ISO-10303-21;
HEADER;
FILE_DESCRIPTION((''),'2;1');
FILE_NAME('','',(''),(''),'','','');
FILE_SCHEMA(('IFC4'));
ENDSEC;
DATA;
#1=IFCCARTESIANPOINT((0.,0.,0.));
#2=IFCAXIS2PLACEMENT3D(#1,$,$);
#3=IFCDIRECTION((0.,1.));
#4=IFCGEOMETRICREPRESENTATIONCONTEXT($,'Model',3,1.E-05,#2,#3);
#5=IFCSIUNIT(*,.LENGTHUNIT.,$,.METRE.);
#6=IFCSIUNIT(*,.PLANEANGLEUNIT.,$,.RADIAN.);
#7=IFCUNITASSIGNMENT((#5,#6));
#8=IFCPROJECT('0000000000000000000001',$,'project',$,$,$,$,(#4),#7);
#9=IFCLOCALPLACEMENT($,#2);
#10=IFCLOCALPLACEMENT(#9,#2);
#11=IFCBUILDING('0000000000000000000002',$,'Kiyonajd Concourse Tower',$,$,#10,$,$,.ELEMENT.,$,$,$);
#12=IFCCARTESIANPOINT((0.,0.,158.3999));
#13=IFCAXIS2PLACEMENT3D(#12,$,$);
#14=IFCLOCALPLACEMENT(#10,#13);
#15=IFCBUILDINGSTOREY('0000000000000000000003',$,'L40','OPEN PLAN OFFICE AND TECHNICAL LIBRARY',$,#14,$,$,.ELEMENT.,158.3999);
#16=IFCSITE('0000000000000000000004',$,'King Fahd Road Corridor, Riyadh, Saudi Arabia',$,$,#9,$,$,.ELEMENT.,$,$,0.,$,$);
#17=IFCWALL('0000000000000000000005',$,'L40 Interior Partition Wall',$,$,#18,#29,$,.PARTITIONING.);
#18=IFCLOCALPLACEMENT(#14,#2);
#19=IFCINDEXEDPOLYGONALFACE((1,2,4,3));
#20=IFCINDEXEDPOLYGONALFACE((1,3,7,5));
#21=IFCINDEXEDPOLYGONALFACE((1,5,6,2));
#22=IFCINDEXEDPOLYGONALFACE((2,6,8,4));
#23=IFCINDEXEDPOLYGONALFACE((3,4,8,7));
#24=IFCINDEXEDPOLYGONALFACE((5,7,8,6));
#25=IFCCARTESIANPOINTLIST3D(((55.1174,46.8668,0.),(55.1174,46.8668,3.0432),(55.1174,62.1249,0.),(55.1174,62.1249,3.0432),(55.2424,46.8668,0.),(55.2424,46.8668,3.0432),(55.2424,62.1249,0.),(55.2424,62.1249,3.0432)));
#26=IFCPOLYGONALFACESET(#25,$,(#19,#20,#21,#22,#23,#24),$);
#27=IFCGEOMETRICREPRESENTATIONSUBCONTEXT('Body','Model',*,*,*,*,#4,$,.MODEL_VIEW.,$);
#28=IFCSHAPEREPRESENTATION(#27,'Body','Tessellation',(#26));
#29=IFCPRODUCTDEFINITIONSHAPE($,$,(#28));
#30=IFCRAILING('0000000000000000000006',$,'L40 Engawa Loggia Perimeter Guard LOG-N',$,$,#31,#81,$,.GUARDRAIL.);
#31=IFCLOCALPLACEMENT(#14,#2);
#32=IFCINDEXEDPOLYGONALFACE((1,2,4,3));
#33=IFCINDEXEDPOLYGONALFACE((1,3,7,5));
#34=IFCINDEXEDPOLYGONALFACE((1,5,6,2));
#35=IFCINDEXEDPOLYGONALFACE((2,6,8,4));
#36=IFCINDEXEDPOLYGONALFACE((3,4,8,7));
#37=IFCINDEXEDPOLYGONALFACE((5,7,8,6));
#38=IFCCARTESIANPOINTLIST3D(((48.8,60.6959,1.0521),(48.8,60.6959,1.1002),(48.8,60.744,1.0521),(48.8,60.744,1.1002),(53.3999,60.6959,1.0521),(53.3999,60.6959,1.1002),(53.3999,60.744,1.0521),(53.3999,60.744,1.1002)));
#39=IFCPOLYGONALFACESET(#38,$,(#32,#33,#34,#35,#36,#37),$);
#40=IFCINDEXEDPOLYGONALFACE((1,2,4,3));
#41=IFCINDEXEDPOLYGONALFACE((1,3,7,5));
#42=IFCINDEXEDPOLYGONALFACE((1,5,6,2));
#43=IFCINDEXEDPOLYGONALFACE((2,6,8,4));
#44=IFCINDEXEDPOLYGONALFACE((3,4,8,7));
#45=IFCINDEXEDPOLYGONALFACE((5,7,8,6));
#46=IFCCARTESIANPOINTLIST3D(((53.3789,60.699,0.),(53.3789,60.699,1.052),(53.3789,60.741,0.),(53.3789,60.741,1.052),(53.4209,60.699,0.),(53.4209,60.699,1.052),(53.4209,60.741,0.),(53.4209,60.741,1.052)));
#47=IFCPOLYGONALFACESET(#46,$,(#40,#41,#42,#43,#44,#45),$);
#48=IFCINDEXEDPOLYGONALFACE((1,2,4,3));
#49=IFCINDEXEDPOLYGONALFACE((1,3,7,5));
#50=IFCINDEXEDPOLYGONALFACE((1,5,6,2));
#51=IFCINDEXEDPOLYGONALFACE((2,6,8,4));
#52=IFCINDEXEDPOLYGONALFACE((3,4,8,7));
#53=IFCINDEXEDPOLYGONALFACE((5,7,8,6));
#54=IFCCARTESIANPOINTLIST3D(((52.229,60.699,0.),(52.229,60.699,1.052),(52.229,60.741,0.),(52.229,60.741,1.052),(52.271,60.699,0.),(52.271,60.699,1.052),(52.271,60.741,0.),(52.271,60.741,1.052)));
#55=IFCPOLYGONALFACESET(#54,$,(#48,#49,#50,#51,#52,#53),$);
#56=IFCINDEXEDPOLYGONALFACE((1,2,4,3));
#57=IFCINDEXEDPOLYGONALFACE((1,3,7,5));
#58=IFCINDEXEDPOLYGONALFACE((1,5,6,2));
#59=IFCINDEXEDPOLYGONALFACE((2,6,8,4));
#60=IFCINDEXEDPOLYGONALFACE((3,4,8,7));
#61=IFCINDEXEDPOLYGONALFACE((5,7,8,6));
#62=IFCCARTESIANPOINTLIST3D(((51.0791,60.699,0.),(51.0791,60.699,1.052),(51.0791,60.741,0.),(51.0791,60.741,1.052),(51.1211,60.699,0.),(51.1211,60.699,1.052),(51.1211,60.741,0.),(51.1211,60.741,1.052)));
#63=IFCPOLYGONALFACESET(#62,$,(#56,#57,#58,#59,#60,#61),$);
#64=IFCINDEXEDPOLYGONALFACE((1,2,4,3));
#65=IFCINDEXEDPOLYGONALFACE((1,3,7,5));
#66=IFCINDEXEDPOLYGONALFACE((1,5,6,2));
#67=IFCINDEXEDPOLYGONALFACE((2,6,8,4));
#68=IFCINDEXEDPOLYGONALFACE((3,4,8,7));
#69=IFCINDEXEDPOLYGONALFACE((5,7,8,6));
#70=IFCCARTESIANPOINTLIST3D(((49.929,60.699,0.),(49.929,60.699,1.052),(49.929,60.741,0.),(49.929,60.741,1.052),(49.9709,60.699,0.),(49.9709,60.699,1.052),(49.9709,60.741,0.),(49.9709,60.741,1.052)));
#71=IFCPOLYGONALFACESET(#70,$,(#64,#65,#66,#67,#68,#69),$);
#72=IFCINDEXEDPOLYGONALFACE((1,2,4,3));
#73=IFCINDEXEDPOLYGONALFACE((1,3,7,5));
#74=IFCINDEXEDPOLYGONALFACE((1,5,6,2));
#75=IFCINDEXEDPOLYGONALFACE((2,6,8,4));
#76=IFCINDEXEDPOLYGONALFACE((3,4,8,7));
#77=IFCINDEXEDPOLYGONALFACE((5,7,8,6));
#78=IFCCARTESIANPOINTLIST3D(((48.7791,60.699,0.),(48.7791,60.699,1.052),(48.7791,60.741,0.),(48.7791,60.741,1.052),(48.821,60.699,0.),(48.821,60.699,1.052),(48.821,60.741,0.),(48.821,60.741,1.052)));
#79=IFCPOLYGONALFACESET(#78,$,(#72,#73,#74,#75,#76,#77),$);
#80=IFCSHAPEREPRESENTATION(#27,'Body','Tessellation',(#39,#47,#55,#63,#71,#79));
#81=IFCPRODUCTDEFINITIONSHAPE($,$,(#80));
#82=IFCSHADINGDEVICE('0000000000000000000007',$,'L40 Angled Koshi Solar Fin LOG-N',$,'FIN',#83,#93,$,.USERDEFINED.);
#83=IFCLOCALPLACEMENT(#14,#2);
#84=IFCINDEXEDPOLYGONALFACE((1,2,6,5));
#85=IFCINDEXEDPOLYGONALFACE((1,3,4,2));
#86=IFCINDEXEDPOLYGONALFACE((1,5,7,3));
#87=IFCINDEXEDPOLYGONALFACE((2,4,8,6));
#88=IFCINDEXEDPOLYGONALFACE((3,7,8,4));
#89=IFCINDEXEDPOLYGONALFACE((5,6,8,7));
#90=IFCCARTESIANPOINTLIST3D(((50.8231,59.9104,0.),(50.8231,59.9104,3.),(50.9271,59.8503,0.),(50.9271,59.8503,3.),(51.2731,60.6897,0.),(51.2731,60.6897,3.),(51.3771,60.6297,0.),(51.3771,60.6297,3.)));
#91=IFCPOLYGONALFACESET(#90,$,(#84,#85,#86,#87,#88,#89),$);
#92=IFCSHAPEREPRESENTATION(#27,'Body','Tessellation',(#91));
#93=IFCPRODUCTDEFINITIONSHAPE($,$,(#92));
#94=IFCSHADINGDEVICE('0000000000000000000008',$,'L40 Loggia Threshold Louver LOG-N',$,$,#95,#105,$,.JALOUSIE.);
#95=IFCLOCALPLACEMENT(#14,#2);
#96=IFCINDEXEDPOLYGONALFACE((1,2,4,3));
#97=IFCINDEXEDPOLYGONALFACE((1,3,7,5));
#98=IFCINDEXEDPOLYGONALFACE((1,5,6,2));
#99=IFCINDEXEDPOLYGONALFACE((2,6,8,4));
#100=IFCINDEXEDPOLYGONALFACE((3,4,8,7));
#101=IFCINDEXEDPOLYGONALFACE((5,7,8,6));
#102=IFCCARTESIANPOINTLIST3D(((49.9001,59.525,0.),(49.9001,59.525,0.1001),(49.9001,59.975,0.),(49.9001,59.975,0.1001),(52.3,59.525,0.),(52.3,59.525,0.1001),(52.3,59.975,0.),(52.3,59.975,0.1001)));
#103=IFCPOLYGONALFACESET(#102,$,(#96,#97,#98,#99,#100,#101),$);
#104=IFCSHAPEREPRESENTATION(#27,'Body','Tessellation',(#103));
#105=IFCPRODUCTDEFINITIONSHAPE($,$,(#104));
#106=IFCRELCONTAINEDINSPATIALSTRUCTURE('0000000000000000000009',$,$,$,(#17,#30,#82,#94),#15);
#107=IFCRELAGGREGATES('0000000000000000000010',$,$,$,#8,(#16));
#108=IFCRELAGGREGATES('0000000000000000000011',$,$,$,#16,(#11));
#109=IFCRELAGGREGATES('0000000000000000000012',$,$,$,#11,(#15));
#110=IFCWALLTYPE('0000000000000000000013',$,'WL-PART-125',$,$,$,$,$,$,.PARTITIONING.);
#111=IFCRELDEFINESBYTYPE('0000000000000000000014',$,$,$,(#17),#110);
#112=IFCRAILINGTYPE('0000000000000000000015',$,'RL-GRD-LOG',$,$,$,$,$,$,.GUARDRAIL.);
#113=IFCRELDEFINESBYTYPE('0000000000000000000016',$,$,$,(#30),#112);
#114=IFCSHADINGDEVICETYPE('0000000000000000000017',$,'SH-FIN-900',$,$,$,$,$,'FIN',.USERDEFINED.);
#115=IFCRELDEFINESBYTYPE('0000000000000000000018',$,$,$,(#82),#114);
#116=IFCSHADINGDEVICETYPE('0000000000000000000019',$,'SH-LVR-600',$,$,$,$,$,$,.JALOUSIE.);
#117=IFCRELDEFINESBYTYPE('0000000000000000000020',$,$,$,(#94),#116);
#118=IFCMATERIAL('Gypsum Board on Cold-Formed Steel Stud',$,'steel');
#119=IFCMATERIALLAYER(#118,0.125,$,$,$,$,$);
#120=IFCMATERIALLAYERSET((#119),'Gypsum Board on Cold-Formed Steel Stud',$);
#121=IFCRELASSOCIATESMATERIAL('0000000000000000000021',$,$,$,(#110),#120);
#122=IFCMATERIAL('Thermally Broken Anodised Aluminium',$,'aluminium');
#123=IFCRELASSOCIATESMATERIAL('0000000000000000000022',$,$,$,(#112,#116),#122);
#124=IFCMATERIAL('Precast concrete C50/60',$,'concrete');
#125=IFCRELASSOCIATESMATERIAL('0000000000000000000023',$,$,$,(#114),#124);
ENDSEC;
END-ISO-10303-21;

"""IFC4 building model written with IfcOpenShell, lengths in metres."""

from ifc_helpers import new_model, si_unit, direction, frame, frame_2d, origin, origin_2d, place, context, subcontext, project, spatial, rectangle, extrude, material, layer, layer_set, type_object, element, save


model = new_model("IFC4")

# Units and contexts
model_context = context("Model", 3, precision=1e-05, world=origin(), true_north=direction((0.0, 1.0)))
body_context = subcontext(model_context, "Body", "Model", "MODEL_VIEW")
ifc_project = project(units=[si_unit("LENGTHUNIT", "METRE"), si_unit("PLANEANGLEUNIT", "RADIAN")], contexts=[model_context])

# Site, building, storey
site_placement = place(None, origin())
site = spatial("IfcSite", under=ifc_project, at=site_placement, Name="King Fahd Road Corridor, Riyadh, Saudi Arabia", CompositionType="ELEMENT", RefElevation=0.0)
building_placement = place(site_placement, origin())
building = spatial("IfcBuilding", under=site, at=building_placement, Name="Kiyonajd Concourse Tower", CompositionType="ELEMENT")
storey_placement = place(building_placement, frame((0.0, 0.0, 158.3999)))
storey = spatial("IfcBuildingStorey", under=building, at=storey_placement, Name="L40", Description="OPEN PLAN OFFICE AND TECHNICAL LIBRARY", CompositionType="ELEMENT", Elevation=158.3999)

# Shared definitions
ifc_material_1 = material(Name="Thermally Broken Anodised Aluminium", Category="aluminium")

# Shared definitions
ifc_material_2 = material(Name="Precast concrete C50/60", Category="concrete")

# Shared definitions
ifc_material_3 = material(Name="Gypsum Board on Cold-Formed Steel Stud", Category="steel")
ifc_layer_1 = layer(ifc_material_3, 0.125)
ifc_layer_set_1 = layer_set([ifc_layer_1], Name="Gypsum Board on Cold-Formed Steel Stud")
wall_type_1 = type_object("IfcWallType", Name="WL-PART-125", PredefinedType="PARTITIONING", material=ifc_layer_set_1)

# Wall
wall_1_placement = place(storey_placement, frame((55.1799, 46.8669, 0.0), z_axis=(0.0, 0.0, 1.0), x_axis=(0.0, 1.0, 0.0)))
element("IfcWall", 1, at=wall_1_placement, inside=storey, type_object=wall_type_1, Name="L40 Interior Partition Wall", PredefinedType="PARTITIONING", context=body_context, shape_type="SweptSolid", body=[
    extrude(rectangle(XDim=15.2581, YDim=0.125, at=frame_2d((7.6289, 0.0))), origin(), (0.0, 0.0, 1.0), 3.0432),
])

# Railing
railing_type = type_object("IfcRailingType", Name="RL-GRD-LOG", PredefinedType="GUARDRAIL", material=ifc_material_1)
railing_placement = place(storey_placement, frame((53.3999, 60.72, 0.0)))
element("IfcRailing", 2, at=railing_placement, inside=storey, type_object=railing_type, Name="L40 Engawa Loggia Perimeter Guard LOG-N", PredefinedType="GUARDRAIL", context=body_context, shape_type="SweptSolid", body=[
    extrude(rectangle(XDim=0.0481, YDim=0.0481, at=origin_2d()), frame((0.0, 0.0, 1.0762), z_axis=(-1.0, 0.0, 0.0), x_axis=(0.0, -1.0, 0.0)), (0.0, 0.0, 1.0), 4.5999),
    extrude(rectangle(XDim=0.042, YDim=0.042, at=origin_2d()), origin(), (0.0, 0.0, 1.0), 1.052),
    extrude(rectangle(XDim=0.042, YDim=0.042, at=origin_2d()), frame((-1.1499, 0.0, 0.0)), (0.0, 0.0, 1.0), 1.052),
    extrude(rectangle(XDim=0.042, YDim=0.042, at=origin_2d()), frame((-2.2998, 0.0, 0.0)), (0.0, 0.0, 1.0), 1.052),
    extrude(rectangle(XDim=0.042, YDim=0.042, at=origin_2d()), frame((-3.45, 0.0, 0.0)), (0.0, 0.0, 1.0), 1.052),
    extrude(rectangle(XDim=0.042, YDim=0.042, at=origin_2d()), frame((-4.5999, 0.0, 0.0)), (0.0, 0.0, 1.0), 1.052),
])

# Shading devices
shading_device_type_1 = type_object("IfcShadingDeviceType", Name="SH-FIN-900", ElementType="FIN", PredefinedType="USERDEFINED", material=ifc_material_2)
shading_device_1_placement = place(storey_placement, frame((51.1001, 60.27, 0.0), z_axis=(0.0, 0.0, 1.0), x_axis=(0.5, 0.866025, 0.0)))
element("IfcShadingDevice", 3, at=shading_device_1_placement, inside=storey, type_object=shading_device_type_1, Name="L40 Angled Koshi Solar Fin LOG-N", ObjectType="FIN", PredefinedType="USERDEFINED", context=body_context, shape_type="SweptSolid", body=[
    extrude(rectangle(XDim=0.8999, YDim=0.1201, at=origin_2d()), origin(), (0.0, 0.0, 1.0), 3.0),
])
shading_device_type_2 = type_object("IfcShadingDeviceType", Name="SH-LVR-600", PredefinedType="JALOUSIE", material=ifc_material_1)
shading_device_2_placement = place(storey_placement, frame((51.1001, 59.75, 0.0), z_axis=(0.0, 0.0, 1.0), x_axis=(1.0, 0.0, 0.0)))
element("IfcShadingDevice", 4, at=shading_device_2_placement, inside=storey, type_object=shading_device_type_2, Name="L40 Loggia Threshold Louver LOG-N", PredefinedType="JALOUSIE", context=body_context, shape_type="SweptSolid", body=[
    extrude(rectangle(XDim=2.3999, YDim=0.45, at=origin_2d()), origin(), (0.0, 0.0, 1.0), 0.1001),
])

save(model, "model.ifc")
